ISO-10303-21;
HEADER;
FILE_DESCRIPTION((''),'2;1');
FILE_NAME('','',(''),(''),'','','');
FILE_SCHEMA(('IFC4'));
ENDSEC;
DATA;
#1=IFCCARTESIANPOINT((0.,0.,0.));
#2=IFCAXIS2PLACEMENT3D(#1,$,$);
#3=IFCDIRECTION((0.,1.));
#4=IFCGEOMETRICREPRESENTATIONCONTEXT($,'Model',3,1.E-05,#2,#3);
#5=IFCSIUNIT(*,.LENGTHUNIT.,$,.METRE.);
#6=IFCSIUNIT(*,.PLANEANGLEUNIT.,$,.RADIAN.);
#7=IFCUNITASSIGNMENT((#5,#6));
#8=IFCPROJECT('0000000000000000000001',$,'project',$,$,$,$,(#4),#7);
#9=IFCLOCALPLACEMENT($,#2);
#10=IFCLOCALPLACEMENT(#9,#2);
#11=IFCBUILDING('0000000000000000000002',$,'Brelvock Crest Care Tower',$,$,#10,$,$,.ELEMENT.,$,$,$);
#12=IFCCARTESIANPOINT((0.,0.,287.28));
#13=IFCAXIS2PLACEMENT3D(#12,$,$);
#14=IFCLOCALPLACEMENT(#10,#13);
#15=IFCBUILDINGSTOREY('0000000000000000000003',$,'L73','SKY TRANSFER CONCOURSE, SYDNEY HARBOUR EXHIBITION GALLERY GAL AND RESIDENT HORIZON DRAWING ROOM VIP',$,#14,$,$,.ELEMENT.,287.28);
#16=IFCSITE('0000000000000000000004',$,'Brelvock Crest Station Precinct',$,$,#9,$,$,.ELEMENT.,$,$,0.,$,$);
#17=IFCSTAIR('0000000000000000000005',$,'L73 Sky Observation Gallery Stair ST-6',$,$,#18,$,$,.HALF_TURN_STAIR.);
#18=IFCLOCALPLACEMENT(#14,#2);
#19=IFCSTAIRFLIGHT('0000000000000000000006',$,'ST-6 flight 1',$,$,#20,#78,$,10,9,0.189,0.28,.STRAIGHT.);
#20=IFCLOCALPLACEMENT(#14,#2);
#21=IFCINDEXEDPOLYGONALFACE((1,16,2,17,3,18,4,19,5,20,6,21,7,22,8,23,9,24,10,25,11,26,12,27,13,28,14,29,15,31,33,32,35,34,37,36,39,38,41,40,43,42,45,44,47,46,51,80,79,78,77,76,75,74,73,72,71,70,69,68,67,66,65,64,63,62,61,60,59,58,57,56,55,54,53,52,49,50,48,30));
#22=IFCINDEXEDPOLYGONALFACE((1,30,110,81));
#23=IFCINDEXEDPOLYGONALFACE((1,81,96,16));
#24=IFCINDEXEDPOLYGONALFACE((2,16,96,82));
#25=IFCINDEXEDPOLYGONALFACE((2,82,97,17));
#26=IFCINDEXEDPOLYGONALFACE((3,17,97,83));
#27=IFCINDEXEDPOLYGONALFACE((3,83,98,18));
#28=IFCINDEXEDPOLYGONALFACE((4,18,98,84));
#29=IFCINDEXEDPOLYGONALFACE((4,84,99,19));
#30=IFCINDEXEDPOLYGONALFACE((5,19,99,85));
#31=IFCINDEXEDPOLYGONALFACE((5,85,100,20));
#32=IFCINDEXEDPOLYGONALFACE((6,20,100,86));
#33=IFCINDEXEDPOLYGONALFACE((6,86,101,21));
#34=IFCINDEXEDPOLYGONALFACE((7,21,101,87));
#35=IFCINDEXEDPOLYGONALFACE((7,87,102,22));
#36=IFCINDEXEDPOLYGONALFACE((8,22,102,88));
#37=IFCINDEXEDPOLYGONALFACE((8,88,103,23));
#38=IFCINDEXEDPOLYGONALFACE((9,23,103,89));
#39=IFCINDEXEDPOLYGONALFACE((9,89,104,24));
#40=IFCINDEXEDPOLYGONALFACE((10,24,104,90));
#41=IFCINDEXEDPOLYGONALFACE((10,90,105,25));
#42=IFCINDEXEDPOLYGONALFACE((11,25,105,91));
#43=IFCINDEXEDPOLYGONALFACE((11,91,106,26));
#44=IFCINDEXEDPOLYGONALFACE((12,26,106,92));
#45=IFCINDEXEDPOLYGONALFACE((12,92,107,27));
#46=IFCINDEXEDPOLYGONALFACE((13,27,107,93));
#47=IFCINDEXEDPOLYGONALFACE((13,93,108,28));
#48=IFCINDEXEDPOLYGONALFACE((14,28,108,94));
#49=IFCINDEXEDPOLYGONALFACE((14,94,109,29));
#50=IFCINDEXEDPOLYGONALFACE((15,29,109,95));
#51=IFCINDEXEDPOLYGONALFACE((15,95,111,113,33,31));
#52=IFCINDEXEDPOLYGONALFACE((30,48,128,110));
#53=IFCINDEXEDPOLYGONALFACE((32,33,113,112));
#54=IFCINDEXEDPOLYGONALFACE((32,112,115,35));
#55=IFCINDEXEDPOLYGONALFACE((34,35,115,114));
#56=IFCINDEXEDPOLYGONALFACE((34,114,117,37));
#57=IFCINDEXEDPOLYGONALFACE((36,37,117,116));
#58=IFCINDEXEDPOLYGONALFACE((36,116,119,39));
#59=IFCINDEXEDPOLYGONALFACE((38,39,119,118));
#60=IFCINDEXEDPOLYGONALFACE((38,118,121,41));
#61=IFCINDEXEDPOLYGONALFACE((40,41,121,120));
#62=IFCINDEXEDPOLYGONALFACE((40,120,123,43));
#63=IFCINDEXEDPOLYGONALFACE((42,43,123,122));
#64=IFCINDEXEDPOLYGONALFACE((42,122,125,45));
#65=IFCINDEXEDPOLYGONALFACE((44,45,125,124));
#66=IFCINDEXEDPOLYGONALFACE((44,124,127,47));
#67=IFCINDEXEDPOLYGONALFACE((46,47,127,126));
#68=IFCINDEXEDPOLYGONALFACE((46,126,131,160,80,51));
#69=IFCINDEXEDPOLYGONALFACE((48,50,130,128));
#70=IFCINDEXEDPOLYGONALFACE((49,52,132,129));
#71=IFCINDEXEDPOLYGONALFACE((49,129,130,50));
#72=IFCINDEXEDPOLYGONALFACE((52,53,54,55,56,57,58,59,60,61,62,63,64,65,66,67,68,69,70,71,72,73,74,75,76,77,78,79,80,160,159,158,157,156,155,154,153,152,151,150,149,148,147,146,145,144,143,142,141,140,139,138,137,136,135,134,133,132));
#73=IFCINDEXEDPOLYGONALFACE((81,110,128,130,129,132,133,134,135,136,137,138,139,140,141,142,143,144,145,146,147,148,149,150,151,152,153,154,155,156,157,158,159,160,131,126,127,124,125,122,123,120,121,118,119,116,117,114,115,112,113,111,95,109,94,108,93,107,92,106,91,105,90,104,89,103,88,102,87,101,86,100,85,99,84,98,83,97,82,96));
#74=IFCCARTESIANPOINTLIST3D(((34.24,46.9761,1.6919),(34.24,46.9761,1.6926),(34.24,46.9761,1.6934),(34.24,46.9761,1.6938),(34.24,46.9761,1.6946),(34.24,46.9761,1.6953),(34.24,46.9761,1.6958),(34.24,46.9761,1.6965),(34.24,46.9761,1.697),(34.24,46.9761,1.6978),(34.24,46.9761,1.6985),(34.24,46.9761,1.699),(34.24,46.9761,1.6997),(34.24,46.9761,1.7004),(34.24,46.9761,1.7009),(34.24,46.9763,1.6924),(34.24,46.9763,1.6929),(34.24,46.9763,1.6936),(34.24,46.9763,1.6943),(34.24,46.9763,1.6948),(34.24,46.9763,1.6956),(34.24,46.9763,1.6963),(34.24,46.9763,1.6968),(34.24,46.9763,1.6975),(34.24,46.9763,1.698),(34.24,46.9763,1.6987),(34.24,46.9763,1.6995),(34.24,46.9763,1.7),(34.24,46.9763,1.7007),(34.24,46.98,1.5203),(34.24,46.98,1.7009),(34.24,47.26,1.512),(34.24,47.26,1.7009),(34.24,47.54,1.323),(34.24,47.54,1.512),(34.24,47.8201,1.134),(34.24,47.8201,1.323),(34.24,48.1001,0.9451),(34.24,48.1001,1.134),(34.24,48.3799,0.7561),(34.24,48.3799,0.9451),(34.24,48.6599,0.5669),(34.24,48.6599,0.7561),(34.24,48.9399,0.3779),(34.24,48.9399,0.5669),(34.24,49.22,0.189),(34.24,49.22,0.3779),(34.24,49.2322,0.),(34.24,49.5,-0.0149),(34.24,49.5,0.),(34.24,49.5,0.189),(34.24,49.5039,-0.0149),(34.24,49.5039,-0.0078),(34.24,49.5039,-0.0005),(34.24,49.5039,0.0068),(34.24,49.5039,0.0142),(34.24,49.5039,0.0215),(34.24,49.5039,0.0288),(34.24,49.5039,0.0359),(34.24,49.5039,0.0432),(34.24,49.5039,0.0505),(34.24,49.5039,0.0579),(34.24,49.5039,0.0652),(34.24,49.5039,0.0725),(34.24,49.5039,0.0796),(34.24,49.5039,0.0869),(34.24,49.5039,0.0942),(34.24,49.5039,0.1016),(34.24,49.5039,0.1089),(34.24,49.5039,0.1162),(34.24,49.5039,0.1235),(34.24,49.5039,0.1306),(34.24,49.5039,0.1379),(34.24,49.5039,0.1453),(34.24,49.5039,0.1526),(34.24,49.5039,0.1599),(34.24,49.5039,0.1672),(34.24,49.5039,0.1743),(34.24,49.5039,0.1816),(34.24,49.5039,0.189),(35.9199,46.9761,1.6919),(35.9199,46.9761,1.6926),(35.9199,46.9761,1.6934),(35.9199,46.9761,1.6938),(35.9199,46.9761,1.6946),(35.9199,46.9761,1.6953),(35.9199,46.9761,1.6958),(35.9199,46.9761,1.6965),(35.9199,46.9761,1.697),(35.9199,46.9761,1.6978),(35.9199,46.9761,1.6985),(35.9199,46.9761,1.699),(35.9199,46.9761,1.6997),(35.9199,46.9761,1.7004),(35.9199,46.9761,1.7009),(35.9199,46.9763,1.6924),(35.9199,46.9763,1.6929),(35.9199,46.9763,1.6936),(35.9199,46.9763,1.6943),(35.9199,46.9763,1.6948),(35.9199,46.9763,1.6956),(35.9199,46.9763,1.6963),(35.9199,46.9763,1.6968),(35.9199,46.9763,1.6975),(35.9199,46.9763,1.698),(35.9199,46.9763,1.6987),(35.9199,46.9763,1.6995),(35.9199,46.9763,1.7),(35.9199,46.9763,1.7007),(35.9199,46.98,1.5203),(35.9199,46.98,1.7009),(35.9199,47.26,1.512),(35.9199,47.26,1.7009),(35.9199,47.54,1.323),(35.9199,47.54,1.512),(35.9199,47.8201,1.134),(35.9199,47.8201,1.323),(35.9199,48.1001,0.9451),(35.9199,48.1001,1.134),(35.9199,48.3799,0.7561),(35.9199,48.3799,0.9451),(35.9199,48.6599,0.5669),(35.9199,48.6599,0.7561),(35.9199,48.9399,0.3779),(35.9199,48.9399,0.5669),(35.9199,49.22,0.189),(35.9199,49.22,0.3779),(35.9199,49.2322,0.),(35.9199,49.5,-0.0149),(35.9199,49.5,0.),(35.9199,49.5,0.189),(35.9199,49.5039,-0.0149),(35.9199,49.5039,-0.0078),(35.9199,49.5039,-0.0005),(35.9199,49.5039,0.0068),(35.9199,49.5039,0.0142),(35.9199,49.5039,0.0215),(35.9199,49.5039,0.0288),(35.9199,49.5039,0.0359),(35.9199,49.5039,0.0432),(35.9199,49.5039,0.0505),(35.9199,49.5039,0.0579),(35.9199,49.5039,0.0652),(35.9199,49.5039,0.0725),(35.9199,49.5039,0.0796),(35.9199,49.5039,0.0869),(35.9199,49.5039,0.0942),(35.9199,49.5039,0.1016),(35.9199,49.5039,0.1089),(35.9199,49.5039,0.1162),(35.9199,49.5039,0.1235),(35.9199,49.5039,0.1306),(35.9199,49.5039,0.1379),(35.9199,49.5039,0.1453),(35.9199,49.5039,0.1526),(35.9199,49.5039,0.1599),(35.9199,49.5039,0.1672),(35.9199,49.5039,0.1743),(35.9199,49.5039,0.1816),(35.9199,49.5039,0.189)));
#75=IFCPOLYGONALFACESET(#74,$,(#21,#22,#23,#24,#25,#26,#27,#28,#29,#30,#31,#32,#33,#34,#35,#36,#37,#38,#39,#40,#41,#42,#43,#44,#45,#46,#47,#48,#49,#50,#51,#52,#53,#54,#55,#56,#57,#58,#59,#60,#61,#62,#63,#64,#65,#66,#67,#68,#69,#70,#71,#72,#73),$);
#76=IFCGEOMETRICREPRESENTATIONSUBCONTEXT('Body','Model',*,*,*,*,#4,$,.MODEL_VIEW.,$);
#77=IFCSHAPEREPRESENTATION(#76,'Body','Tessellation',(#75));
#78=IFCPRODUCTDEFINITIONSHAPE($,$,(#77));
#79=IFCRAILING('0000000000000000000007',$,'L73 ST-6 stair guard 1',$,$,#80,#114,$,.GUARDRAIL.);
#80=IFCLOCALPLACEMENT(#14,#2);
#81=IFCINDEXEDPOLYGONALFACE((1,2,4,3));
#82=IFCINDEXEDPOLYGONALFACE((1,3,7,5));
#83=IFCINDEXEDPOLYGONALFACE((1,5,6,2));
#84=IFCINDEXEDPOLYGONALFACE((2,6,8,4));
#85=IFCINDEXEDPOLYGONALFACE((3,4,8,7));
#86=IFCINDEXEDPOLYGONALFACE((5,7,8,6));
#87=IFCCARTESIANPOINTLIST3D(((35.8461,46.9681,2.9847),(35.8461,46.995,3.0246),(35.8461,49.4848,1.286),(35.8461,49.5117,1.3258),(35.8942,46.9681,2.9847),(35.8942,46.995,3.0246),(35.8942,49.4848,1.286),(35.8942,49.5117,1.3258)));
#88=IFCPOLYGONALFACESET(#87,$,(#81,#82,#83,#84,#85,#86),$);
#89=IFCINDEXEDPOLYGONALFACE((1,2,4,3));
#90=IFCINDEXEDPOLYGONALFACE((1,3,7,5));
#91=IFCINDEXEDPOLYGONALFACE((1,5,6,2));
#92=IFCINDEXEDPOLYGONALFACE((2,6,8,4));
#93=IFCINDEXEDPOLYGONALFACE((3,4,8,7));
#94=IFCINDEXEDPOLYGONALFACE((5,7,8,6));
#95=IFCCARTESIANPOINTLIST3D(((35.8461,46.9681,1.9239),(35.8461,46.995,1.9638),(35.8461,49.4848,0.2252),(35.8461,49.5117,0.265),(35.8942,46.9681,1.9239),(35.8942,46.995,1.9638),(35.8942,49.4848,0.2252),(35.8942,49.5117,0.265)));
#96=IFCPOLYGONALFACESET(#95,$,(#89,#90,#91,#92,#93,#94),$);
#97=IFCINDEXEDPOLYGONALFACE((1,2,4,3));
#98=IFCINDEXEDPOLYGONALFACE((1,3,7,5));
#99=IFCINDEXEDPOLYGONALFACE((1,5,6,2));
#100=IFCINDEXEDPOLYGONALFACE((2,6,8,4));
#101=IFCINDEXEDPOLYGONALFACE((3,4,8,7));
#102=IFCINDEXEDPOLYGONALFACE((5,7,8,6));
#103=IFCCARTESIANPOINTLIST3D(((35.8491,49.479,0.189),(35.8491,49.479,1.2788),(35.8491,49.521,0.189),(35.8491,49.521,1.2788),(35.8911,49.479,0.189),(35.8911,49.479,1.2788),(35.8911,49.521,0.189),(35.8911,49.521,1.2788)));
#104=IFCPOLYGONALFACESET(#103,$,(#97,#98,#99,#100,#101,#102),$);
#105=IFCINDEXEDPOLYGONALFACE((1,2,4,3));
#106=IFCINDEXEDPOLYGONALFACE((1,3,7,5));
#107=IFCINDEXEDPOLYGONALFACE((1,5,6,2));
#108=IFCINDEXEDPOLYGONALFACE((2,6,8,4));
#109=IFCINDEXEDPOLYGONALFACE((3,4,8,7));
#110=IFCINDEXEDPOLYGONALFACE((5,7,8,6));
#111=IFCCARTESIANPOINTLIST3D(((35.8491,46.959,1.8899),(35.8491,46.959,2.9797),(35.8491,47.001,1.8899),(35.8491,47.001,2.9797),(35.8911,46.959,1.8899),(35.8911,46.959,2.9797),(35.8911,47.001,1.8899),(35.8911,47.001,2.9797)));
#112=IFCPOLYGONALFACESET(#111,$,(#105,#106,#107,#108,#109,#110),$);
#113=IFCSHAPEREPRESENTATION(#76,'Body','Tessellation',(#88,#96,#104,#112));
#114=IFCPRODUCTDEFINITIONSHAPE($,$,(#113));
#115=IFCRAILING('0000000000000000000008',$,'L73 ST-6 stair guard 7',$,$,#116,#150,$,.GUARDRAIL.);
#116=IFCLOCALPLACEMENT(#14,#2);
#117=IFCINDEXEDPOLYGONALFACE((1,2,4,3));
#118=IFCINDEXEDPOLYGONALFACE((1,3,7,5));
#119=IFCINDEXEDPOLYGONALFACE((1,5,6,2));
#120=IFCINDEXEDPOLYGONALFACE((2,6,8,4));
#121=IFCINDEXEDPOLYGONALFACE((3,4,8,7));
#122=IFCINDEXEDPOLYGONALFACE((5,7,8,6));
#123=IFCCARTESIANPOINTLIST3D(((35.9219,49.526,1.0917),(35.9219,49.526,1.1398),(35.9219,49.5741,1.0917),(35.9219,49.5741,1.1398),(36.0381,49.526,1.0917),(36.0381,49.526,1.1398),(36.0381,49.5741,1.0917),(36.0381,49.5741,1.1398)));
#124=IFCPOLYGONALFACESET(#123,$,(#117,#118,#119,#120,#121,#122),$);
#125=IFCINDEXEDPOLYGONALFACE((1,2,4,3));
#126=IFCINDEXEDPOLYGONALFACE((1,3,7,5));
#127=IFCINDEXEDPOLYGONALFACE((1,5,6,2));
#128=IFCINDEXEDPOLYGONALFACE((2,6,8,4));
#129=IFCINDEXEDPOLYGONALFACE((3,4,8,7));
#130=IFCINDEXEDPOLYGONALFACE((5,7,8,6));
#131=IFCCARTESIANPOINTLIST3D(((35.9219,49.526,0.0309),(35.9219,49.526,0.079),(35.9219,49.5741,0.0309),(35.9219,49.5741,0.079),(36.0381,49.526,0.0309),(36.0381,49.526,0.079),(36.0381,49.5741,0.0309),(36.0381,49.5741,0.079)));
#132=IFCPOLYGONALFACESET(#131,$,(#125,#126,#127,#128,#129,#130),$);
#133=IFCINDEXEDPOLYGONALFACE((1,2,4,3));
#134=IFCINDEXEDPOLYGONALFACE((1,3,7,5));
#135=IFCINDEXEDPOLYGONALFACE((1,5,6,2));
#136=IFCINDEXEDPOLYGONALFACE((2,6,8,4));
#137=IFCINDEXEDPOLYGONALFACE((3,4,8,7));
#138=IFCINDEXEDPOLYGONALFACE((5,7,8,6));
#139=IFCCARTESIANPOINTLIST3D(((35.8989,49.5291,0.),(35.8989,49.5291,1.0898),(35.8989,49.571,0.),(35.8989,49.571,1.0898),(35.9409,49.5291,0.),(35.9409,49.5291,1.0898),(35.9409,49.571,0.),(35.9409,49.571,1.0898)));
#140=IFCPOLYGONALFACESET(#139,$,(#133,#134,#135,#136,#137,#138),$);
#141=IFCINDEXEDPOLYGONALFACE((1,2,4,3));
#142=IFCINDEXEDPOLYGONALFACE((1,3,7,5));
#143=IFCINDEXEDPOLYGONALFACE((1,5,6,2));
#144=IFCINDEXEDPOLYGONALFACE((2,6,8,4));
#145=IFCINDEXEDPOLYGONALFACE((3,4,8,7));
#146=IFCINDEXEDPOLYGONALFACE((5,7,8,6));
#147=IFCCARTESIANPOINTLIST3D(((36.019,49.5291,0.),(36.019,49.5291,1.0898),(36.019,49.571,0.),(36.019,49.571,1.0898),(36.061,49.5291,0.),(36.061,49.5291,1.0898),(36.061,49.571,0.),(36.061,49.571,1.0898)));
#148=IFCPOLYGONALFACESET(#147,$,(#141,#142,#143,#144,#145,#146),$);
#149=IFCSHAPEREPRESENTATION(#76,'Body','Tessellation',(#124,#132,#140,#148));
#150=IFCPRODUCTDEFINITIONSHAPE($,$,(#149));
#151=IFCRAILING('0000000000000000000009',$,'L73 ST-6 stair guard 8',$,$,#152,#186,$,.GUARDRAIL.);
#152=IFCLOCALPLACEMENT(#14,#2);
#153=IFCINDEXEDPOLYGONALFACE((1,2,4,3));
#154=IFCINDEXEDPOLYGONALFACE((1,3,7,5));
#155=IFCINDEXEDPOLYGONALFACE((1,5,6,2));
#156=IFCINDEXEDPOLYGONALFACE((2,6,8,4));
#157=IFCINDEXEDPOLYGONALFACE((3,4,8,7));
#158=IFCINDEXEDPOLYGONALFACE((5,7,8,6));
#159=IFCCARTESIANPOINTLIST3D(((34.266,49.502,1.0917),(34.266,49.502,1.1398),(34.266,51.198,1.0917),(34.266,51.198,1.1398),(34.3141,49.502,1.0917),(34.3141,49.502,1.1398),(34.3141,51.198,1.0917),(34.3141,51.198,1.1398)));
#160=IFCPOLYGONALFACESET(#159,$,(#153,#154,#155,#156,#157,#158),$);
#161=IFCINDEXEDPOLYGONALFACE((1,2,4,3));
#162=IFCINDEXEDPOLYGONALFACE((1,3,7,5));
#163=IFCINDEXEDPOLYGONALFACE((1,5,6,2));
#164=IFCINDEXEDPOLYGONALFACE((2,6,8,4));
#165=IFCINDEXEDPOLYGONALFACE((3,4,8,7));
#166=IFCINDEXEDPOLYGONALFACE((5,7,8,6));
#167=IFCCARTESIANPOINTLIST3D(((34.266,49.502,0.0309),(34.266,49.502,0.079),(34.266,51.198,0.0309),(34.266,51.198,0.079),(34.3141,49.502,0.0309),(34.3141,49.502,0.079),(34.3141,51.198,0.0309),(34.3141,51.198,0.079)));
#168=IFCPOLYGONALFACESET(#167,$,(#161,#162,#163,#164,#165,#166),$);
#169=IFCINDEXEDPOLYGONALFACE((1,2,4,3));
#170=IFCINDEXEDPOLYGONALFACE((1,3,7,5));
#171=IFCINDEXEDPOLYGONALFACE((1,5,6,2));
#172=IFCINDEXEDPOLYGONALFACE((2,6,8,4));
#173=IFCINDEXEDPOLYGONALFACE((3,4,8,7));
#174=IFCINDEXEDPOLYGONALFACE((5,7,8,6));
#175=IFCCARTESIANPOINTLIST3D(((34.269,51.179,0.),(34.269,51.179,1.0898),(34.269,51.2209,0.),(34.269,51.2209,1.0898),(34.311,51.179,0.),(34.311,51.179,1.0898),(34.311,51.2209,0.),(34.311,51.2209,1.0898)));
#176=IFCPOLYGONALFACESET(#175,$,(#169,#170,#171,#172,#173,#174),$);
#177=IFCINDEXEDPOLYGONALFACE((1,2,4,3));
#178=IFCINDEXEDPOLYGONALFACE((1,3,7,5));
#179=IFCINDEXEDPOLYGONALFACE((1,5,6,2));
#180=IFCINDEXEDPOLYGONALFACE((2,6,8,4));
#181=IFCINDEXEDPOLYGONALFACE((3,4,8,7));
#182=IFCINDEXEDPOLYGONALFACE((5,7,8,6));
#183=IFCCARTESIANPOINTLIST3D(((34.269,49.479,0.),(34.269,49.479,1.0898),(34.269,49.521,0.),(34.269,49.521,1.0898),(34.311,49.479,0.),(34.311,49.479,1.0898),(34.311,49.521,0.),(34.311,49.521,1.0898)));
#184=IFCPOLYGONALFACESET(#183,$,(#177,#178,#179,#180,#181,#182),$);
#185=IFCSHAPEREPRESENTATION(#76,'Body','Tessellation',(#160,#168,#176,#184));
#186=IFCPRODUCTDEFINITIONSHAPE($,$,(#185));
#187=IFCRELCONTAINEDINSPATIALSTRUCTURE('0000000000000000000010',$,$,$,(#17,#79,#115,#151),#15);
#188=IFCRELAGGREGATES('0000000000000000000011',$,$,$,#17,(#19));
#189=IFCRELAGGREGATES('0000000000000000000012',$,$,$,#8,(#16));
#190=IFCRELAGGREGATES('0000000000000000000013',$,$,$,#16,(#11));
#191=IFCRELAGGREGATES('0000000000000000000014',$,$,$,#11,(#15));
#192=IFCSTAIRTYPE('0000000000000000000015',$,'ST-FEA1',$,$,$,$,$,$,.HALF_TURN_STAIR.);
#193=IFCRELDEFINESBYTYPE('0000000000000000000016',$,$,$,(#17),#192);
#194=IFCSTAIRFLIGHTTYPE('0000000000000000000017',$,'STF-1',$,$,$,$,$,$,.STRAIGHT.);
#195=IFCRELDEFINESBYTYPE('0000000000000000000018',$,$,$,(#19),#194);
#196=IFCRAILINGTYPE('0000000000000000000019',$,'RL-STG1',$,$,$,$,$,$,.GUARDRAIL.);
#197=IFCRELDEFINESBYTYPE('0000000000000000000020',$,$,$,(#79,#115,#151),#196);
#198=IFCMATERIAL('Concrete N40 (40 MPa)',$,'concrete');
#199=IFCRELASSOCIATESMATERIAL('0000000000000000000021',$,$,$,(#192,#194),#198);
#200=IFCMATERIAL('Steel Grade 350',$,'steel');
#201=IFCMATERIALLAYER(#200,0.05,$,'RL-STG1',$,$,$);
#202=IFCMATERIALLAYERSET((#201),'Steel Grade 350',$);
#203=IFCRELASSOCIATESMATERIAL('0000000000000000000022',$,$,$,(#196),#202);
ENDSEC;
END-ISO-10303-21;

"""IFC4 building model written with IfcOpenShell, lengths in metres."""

from ifc_helpers import new_model, si_unit, direction, frame, origin, origin_2d, place, context, subcontext, project, spatial, polyline, rectangle, outline, extrude, material, layer, layer_set, type_object, element, aggregate, save


model = new_model("IFC4")

# Units and contexts
model_context = context("Model", 3, precision=1e-05, world=origin(), true_north=direction((0.0, 1.0)))
body_context = subcontext(model_context, "Body", "Model", "MODEL_VIEW")
ifc_project = project(units=[si_unit("LENGTHUNIT", "METRE"), si_unit("PLANEANGLEUNIT", "RADIAN")], contexts=[model_context])

# Site, building, storey
site_placement = place(None, origin())
site = spatial("IfcSite", under=ifc_project, at=site_placement, Name="Brelvock Crest Station Precinct", CompositionType="ELEMENT", RefElevation=0.0)
building_placement = place(site_placement, origin())
building = spatial("IfcBuilding", under=site, at=building_placement, Name="Brelvock Crest Care Tower", CompositionType="ELEMENT")
storey_placement = place(building_placement, frame((0.0, 0.0, 287.28)))
storey = spatial("IfcBuildingStorey", under=building, at=storey_placement, Name="L73", Description="SKY TRANSFER CONCOURSE, SYDNEY HARBOUR EXHIBITION GALLERY GAL AND RESIDENT HORIZON DRAWING ROOM VIP", CompositionType="ELEMENT", Elevation=287.28)

# Shared definitions
ifc_material_1 = material(Name="Steel Grade 350", Category="steel")

# Stair, stair flight
ifc_material_2 = material(Name="Concrete N40 (40 MPa)", Category="concrete")
stair_type = type_object("IfcStairType", Name="ST-FEA1", PredefinedType="HALF_TURN_STAIR", material=ifc_material_2)
stair_placement = place(storey_placement, origin())
stair = element("IfcStair", 1, at=stair_placement, inside=storey, type_object=stair_type, Name="L73 Sky Observation Gallery Stair ST-6", PredefinedType="HALF_TURN_STAIR")
stair_flight_type = type_object("IfcStairFlightType", Name="STF-1", PredefinedType="STRAIGHT", material=ifc_material_2)
stair_flight_placement = place(storey_placement, frame((35.0801, 49.5, 0.0), z_axis=(0.0, 0.0, 1.0), x_axis=(0.0, -1.0, 0.0)))
stair_flight = element("IfcStairFlight", 2, at=stair_flight_placement, type_object=stair_flight_type, Name="ST-6 flight 1", NumberOfRisers=10, NumberOfTreads=9, PredefinedType="STRAIGHT", RiserHeight=0.189, TreadLength=0.28, context=body_context, shape_type="SweptSolid", body=[
    extrude(outline(polyline([(-0.0039, -0.0149), (-0.0039, -0.0078), (-0.0039, -0.0005), (-0.0039, 0.0068), (-0.0039, 0.0142), (-0.0039, 0.0215), (-0.0039, 0.0288), (-0.0039, 0.0359), (-0.0039, 0.0432), (-0.0039, 0.0505), (-0.0039, 0.0579), (-0.0039, 0.0652), (-0.0039, 0.0725), (-0.0039, 0.0796), (-0.0039, 0.0869), (-0.0039, 0.0942), (-0.0039, 0.1016), (-0.0039, 0.1089), (-0.0039, 0.1162), (-0.0039, 0.1235), (-0.0039, 0.1306), (-0.0039, 0.1379), (-0.0039, 0.1453), (-0.0039, 0.1526), (-0.0039, 0.1599), (-0.0039, 0.1672), (-0.0039, 0.1743), (-0.0039, 0.1816), (-0.0039, 0.189), (0.0, 0.189), (0.28, 0.189), (0.28, 0.3779), (0.5601, 0.3779), (0.5601, 0.5669), (0.8401, 0.5669), (0.8401, 0.7561), (1.1201, 0.7561), (1.1201, 0.9451), (1.3999, 0.9451), (1.3999, 1.134), (1.6799, 1.134), (1.6799, 1.323), (1.96, 1.323), (1.96, 1.512), (2.24, 1.512), (2.24, 1.7009), (2.52, 1.7009), (2.5239, 1.7009), (2.5237, 1.7007), (2.5239, 1.7004), (2.5237, 1.7), (2.5239, 1.6997), (2.5237, 1.6995), (2.5239, 1.699), (2.5237, 1.6987), (2.5239, 1.6985), (2.5237, 1.698), (2.5239, 1.6978), (2.5237, 1.6975), (2.5239, 1.697), (2.5237, 1.6968), (2.5239, 1.6965), (2.5237, 1.6963), (2.5239, 1.6958), (2.5237, 1.6956), (2.5239, 1.6953), (2.5237, 1.6948), (2.5239, 1.6946), (2.5237, 1.6943), (2.5239, 1.6938), (2.5237, 1.6936), (2.5239, 1.6934), (2.5237, 1.6929), (2.5239, 1.6926), (2.5237, 1.6924), (2.5239, 1.6919), (2.52, 1.5203), (0.2678, 0.0), (0.0, 0.0), (0.0, -0.0149), (-0.0039, -0.0149)])), frame((0.0, 0.8398, 0.0), z_axis=(0.0, -1.0, 0.0), x_axis=(1.0, 0.0, 0.0)), (0.0, 0.0, 1.0), 1.6799),
])
aggregate(stair, [stair_flight])

# Railings
ifc_layer_1 = layer(ifc_material_1, 0.05, Name="RL-STG1")
ifc_layer_set_1 = layer_set([ifc_layer_1], Name="Steel Grade 350")
railing_type_1 = type_object("IfcRailingType", Name="RL-STG1", PredefinedType="GUARDRAIL", material=ifc_layer_set_1)
railing_1_placement = place(storey_placement, frame((35.8701, 49.5, 0.189)))
element("IfcRailing", 3, at=railing_1_placement, inside=storey, type_object=railing_type_1, Name="L73 ST-6 stair guard 1", PredefinedType="GUARDRAIL", context=body_context, shape_type="SweptSolid", body=[
    extrude(rectangle(XDim=0.0481, YDim=0.0481, at=origin_2d()), frame((0.0, -0.0017, 1.1169), z_axis=(0.0, -0.828862, 0.559454), x_axis=(1.0, 0.0, 0.0)), (0.0, 0.0, 1.0), 3.0364),
    extrude(rectangle(XDim=0.0481, YDim=0.0481, at=origin_2d()), frame((0.0, -0.0017, 0.0562), z_axis=(0.0, -0.828862, 0.559454), x_axis=(1.0, 0.0, 0.0)), (0.0, 0.0, 1.0), 3.0364),
    extrude(rectangle(XDim=0.042, YDim=0.042, at=origin_2d()), origin(), (0.0, 0.0, 1.0), 1.0898),
    extrude(rectangle(XDim=0.042, YDim=0.042, at=origin_2d()), frame((0.0, -2.52, 1.7009)), (0.0, 0.0, 1.0), 1.0898),
])
railing_2_placement = place(storey_placement, frame((35.9199, 49.55, 0.0)))
element("IfcRailing", 4, at=railing_2_placement, inside=storey, type_object=railing_type_1, Name="L73 ST-6 stair guard 7", PredefinedType="GUARDRAIL", context=body_context, shape_type="SweptSolid", body=[
    extrude(rectangle(XDim=0.0481, YDim=0.0481, at=origin_2d()), frame((0.002, 0.0, 1.1157), z_axis=(1.0, 0.0, 0.0), x_axis=(0.0, 1.0, 0.0)), (0.0, 0.0, 1.0), 0.1162),
    extrude(rectangle(XDim=0.0481, YDim=0.0481, at=origin_2d()), frame((0.002, 0.0, 0.0549), z_axis=(1.0, 0.0, 0.0), x_axis=(0.0, 1.0, 0.0)), (0.0, 0.0, 1.0), 0.1162),
    extrude(rectangle(XDim=0.042, YDim=0.042, at=origin_2d()), origin(), (0.0, 0.0, 1.0), 1.0898),
    extrude(rectangle(XDim=0.042, YDim=0.042, at=origin_2d()), frame((0.1201, 0.0, 0.0)), (0.0, 0.0, 1.0), 1.0898),
])
for number, where, name in (
    (5, (34.29, 51.2, 0.0), "L73 ST-6 stair guard 8"),
):
    element("IfcRailing", number, at=place(storey_placement, frame(where)), inside=storey, type_object=railing_type_1, Name=name, PredefinedType="GUARDRAIL", context=body_context, shape_type="SweptSolid", body=[
        extrude(rectangle(XDim=0.0481, YDim=0.0481, at=origin_2d()), frame((0.0, -0.002, 1.1157), z_axis=(0.0, -1.0, 0.0), x_axis=(1.0, 0.0, 0.0)), (0.0, 0.0, 1.0), 1.696),
        extrude(rectangle(XDim=0.0481, YDim=0.0481, at=origin_2d()), frame((0.0, -0.002, 0.0549), z_axis=(0.0, -1.0, 0.0), x_axis=(1.0, 0.0, 0.0)), (0.0, 0.0, 1.0), 1.696),
        extrude(rectangle(XDim=0.042, YDim=0.042, at=origin_2d()), origin(), (0.0, 0.0, 1.0), 1.0898),
        extrude(rectangle(XDim=0.042, YDim=0.042, at=origin_2d()), frame((0.0, -1.7, 0.0)), (0.0, 0.0, 1.0), 1.0898),
    ])

save(model, "model.ifc")
